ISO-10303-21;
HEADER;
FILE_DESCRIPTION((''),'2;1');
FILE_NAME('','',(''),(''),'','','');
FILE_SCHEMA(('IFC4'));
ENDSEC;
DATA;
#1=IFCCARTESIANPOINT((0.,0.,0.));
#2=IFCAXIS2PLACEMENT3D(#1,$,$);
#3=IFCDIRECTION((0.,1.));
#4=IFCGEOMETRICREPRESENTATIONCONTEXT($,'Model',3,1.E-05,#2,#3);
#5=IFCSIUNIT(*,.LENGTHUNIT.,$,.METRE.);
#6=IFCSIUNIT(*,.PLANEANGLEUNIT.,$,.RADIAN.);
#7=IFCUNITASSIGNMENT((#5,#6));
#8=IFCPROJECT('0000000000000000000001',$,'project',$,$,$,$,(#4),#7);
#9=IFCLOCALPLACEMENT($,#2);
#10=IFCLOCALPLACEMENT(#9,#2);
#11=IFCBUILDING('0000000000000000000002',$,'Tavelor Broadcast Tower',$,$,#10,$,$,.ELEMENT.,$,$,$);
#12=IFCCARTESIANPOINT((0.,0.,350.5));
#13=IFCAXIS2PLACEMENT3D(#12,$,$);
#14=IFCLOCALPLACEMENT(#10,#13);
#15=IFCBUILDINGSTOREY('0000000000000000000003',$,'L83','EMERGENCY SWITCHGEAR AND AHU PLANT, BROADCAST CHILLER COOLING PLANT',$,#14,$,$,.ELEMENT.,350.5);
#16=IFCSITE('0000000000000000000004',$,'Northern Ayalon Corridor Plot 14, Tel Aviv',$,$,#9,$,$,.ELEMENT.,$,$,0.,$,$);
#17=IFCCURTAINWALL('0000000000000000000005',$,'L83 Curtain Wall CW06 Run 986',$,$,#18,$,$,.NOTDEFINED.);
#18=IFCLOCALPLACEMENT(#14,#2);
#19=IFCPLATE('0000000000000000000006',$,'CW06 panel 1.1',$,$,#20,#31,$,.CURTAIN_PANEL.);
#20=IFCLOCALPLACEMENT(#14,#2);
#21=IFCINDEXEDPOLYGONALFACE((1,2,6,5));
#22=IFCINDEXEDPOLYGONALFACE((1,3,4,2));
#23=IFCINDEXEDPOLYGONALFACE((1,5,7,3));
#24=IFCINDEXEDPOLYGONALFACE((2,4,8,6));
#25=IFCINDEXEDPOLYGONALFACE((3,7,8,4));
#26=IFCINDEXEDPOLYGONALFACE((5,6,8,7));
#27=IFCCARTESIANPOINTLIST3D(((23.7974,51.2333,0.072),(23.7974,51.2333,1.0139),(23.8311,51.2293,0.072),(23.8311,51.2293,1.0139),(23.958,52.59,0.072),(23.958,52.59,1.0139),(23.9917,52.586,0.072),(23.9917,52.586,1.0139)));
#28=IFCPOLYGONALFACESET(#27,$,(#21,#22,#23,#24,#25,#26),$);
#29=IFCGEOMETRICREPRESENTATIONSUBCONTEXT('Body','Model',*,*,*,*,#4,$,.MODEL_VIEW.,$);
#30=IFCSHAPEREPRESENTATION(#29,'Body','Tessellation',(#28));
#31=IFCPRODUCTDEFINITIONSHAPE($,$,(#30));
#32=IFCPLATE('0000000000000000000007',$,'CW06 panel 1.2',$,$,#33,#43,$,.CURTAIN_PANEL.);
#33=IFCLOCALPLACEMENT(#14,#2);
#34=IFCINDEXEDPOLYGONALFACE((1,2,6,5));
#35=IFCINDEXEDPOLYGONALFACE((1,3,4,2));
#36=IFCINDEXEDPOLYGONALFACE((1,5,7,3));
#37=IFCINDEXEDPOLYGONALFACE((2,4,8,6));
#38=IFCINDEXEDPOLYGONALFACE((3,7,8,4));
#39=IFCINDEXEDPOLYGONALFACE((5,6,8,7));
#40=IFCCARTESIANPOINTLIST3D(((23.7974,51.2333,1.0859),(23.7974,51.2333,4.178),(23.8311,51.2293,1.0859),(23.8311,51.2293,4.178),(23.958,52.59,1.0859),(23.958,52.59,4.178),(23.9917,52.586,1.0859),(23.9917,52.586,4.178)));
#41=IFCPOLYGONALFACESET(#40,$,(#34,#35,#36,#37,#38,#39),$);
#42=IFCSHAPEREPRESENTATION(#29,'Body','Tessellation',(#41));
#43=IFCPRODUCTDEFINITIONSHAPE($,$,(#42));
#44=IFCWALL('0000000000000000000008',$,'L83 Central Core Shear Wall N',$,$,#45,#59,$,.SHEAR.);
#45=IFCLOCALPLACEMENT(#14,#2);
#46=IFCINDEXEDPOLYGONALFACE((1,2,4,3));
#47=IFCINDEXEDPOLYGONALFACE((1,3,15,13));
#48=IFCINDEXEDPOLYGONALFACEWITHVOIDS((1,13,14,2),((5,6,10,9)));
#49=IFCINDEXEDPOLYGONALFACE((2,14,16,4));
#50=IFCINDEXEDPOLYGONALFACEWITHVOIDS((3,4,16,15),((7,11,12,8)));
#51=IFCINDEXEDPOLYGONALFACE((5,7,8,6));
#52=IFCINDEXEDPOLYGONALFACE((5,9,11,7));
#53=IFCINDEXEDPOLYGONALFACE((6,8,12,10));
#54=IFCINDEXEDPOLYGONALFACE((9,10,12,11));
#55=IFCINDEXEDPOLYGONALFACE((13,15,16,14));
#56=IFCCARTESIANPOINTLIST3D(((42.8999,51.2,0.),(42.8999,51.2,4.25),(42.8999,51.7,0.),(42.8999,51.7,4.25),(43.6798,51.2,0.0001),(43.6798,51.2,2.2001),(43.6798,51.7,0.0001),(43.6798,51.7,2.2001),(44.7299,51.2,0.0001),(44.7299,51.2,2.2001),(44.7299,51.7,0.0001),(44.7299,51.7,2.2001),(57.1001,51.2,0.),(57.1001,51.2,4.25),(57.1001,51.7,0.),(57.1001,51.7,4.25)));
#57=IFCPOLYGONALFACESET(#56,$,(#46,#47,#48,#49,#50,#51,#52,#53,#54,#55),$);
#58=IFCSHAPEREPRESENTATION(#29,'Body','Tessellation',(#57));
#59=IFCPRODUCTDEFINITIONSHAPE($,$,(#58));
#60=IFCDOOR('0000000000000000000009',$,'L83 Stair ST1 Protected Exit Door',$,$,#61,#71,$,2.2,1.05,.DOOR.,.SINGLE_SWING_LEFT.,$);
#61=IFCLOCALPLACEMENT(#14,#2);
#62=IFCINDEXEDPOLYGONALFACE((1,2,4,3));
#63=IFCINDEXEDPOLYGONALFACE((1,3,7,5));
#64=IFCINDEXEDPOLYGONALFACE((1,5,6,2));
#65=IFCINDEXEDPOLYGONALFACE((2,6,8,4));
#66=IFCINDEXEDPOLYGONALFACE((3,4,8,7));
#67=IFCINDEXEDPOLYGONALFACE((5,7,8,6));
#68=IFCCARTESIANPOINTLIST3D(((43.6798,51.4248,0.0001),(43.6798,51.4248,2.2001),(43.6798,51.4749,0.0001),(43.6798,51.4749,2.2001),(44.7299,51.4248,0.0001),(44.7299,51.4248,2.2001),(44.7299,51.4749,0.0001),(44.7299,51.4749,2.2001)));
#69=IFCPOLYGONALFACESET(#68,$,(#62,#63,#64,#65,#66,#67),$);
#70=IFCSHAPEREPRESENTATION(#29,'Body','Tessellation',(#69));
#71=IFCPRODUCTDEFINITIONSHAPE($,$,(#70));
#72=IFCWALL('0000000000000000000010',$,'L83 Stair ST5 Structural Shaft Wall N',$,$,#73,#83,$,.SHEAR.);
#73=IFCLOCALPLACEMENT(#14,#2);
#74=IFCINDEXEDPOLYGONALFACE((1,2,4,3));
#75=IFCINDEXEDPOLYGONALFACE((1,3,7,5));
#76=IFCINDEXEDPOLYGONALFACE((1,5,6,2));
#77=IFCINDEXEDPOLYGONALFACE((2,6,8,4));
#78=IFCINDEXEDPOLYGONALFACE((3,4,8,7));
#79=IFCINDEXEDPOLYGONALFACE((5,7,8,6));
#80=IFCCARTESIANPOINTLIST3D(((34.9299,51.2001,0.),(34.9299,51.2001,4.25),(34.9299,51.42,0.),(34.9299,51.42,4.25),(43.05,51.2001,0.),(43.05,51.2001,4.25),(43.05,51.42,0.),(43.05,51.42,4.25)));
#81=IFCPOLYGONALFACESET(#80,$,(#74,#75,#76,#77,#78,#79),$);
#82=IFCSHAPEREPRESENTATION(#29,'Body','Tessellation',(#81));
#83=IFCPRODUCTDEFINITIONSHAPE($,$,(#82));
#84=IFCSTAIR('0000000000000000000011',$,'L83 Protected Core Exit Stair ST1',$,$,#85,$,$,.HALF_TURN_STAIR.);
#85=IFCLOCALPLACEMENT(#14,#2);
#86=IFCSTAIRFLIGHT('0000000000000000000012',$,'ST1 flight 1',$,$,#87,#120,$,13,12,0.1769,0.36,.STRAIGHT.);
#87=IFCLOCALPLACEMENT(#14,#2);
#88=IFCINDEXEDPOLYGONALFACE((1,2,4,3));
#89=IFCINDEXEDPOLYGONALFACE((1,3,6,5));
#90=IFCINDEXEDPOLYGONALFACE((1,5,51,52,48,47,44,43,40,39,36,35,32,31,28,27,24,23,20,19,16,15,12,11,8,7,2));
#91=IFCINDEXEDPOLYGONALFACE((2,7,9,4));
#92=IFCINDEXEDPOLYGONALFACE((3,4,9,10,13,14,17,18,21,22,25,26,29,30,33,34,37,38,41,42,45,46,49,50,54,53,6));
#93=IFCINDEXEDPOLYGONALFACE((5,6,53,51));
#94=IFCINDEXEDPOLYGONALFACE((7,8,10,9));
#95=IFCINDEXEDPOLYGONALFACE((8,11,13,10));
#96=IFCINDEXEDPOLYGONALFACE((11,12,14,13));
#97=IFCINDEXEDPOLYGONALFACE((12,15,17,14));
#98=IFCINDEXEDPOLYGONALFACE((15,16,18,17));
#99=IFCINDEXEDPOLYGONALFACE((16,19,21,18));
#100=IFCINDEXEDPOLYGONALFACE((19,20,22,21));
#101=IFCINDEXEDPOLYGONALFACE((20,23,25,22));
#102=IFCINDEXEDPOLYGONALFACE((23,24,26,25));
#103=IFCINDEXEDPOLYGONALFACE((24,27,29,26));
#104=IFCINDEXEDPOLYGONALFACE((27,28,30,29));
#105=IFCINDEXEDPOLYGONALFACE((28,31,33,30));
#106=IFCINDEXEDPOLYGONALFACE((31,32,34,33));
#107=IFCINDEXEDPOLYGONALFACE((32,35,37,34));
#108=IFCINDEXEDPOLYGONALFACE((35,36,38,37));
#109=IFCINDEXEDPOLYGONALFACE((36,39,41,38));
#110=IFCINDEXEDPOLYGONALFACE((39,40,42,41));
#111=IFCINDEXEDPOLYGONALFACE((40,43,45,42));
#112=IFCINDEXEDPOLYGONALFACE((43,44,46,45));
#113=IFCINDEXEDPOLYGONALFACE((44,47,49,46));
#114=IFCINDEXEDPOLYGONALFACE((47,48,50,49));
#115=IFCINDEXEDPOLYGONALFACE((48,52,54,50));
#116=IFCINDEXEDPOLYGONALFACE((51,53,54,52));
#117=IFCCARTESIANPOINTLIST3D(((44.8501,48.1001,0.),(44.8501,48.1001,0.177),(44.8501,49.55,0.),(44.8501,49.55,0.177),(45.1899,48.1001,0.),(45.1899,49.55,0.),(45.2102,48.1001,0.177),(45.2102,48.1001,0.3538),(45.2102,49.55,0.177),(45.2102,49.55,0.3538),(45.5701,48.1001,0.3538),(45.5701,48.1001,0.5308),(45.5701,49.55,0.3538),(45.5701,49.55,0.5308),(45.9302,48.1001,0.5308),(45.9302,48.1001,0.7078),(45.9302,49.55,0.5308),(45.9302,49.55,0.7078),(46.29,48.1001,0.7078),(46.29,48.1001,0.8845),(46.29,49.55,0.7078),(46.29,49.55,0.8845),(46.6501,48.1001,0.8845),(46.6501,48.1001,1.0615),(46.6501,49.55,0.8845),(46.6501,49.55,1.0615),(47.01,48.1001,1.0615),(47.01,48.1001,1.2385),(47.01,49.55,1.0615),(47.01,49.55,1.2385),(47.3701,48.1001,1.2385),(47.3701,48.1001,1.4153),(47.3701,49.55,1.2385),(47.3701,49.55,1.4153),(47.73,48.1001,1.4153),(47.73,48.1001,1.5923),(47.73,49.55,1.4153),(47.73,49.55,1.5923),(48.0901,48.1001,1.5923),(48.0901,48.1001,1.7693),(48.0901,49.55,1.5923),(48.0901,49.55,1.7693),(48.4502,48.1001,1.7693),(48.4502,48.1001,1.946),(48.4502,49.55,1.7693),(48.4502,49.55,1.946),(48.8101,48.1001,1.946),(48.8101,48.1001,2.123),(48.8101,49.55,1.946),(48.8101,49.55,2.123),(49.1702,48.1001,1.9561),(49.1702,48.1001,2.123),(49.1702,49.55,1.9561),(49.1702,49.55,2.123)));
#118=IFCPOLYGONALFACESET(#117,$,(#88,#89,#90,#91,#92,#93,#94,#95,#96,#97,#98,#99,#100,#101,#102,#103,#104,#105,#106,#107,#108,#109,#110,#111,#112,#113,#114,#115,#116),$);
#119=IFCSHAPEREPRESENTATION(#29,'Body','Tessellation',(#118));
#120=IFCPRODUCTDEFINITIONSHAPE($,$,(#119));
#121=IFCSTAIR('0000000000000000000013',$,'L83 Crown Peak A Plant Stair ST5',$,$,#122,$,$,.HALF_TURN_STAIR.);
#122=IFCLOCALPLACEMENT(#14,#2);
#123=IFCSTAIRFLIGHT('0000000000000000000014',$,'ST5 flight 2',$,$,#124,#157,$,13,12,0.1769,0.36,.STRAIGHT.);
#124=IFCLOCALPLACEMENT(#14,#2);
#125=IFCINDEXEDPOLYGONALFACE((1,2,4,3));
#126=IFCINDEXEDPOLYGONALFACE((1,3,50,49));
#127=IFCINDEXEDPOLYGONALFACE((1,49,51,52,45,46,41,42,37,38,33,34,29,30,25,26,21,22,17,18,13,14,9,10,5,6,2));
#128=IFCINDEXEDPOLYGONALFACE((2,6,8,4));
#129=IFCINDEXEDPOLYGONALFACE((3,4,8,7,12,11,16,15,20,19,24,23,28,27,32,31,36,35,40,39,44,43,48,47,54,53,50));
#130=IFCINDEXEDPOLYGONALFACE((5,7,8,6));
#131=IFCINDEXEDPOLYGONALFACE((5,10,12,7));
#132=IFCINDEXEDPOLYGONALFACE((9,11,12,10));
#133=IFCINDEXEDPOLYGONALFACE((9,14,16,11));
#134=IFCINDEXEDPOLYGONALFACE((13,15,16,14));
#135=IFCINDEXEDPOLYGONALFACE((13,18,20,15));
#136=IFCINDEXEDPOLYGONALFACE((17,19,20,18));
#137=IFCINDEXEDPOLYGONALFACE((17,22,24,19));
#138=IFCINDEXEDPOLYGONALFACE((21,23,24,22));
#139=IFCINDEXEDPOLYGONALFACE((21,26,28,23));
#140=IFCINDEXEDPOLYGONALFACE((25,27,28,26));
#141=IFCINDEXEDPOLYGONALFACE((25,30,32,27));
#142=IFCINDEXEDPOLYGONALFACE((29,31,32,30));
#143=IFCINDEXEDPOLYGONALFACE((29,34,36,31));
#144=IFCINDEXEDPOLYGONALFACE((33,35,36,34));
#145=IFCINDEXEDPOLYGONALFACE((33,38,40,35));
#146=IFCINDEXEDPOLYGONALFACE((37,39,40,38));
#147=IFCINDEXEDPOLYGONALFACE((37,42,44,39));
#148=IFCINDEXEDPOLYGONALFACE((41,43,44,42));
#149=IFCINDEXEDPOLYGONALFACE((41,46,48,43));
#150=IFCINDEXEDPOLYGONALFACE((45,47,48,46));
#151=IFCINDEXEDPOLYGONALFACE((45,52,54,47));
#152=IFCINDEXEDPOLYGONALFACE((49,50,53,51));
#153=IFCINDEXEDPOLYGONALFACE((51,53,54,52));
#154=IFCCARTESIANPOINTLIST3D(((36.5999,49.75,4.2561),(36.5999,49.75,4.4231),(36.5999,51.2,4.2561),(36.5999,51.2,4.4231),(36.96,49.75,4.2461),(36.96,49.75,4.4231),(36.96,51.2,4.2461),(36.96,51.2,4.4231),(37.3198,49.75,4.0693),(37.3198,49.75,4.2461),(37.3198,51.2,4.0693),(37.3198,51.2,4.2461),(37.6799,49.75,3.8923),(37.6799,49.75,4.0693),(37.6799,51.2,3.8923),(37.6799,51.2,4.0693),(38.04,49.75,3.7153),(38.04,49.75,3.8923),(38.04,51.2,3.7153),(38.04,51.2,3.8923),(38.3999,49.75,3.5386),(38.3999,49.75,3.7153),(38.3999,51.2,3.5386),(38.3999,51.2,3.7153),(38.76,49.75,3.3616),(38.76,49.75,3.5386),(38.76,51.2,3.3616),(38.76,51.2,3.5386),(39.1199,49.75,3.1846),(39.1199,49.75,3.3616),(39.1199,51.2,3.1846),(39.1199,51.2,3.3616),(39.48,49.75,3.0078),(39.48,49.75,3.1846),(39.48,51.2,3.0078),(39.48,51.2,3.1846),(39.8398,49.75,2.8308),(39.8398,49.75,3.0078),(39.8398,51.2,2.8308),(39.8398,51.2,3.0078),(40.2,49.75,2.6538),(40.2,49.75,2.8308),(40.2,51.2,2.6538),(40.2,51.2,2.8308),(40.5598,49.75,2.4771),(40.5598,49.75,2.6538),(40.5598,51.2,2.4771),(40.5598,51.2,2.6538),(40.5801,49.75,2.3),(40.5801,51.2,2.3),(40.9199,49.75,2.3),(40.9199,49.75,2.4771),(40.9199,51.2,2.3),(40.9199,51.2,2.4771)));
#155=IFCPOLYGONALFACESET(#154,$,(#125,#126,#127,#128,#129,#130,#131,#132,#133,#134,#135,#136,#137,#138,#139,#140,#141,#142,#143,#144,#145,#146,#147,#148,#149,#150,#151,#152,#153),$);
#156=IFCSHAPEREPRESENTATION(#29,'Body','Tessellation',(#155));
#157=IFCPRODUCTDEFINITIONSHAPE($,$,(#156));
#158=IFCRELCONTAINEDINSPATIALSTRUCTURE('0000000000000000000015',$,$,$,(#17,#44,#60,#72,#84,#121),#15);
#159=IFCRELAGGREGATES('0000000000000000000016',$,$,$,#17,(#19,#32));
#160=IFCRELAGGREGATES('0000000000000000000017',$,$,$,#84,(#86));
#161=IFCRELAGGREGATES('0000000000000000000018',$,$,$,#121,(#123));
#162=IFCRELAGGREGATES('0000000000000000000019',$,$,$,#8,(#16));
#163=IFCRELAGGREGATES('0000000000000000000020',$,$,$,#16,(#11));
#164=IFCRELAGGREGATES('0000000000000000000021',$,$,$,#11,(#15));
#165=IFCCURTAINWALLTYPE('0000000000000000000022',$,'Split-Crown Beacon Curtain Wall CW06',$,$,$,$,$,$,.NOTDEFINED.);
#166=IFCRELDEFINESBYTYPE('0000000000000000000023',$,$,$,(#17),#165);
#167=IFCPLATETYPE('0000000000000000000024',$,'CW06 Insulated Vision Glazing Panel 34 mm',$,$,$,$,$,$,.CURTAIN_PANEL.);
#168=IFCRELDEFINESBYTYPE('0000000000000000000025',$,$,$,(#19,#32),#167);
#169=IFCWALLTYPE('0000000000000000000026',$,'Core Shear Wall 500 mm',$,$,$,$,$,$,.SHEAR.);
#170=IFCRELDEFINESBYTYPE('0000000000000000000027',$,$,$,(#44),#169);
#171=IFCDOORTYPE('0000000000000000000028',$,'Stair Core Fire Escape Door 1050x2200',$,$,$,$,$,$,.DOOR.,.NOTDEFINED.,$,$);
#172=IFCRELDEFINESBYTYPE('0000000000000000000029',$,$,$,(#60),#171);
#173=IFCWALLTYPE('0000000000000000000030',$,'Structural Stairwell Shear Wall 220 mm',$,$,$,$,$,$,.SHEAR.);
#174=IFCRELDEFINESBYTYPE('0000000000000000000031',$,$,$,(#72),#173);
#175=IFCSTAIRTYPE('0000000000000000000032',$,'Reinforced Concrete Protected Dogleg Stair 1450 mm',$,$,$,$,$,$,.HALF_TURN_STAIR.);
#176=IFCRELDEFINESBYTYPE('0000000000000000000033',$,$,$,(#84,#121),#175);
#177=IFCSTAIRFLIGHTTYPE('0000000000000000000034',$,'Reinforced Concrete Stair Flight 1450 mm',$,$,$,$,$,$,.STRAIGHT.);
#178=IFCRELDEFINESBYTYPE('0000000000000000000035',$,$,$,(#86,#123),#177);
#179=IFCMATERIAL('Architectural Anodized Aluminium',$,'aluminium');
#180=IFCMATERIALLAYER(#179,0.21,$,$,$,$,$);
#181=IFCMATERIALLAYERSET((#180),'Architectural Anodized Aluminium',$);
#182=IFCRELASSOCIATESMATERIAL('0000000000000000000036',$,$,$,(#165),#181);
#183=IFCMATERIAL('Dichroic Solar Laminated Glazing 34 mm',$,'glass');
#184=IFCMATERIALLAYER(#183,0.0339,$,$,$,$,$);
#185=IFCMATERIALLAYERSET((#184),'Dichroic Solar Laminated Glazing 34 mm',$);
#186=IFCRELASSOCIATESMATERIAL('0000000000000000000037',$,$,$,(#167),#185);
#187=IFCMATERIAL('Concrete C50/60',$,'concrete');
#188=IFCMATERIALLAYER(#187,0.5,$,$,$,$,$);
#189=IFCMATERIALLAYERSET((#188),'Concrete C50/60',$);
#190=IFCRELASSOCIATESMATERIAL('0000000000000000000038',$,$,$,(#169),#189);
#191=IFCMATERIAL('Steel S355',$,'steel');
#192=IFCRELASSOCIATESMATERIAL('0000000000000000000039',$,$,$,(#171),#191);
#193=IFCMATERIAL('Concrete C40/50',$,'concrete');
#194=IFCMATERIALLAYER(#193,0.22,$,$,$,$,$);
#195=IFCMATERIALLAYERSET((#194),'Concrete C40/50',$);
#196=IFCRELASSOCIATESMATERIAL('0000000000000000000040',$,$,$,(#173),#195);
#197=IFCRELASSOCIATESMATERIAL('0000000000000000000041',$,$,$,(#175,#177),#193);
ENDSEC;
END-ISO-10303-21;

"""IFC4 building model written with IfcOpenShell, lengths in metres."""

from ifc_helpers import new_model, si_unit, direction, frame, frame_2d, origin, origin_2d, place, context, subcontext, project, spatial, polyline, rectangle, outline, extrude, source, transform, mapped, material, layer, layer_set, type_object, element, fill, aggregate, save


model = new_model("IFC4")

# Units and contexts
model_context = context("Model", 3, precision=1e-05, world=origin(), true_north=direction((0.0, 1.0)))
body_context = subcontext(model_context, "Body", "Model", "MODEL_VIEW")
ifc_project = project(units=[si_unit("LENGTHUNIT", "METRE"), si_unit("PLANEANGLEUNIT", "RADIAN")], contexts=[model_context])

# Site, building, storey
site_placement = place(None, origin())
site = spatial("IfcSite", under=ifc_project, at=site_placement, Name="Northern Ayalon Corridor Plot 14, Tel Aviv", CompositionType="ELEMENT", RefElevation=0.0)
building_placement = place(site_placement, origin())
building = spatial("IfcBuilding", under=site, at=building_placement, Name="Tavelor Broadcast Tower", CompositionType="ELEMENT")
storey_placement = place(building_placement, frame((0.0, 0.0, 350.5)))
storey = spatial("IfcBuildingStorey", under=building, at=storey_placement, Name="L83", Description="EMERGENCY SWITCHGEAR AND AHU PLANT, BROADCAST CHILLER COOLING PLANT", CompositionType="ELEMENT", Elevation=350.5)

# Shared definitions
ifc_material_1 = material(Name="Steel S355", Category="steel")

# Shared definitions
ifc_material_2 = material(Name="Architectural Anodized Aluminium", Category="aluminium")
ifc_layer_1 = layer(ifc_material_2, 0.21)
ifc_layer_set_1 = layer_set([ifc_layer_1], Name="Architectural Anodized Aluminium")
curtain_wall_type = type_object("IfcCurtainWallType", Name="Split-Crown Beacon Curtain Wall CW06", PredefinedType="NOTDEFINED", material=ifc_layer_set_1)

# Curtain wall
curtain_wall_1_placement = place(storey_placement, origin())
curtain_wall_1 = element("IfcCurtainWall", 1, at=curtain_wall_1_placement, inside=storey, type_object=curtain_wall_type, Name="L83 Curtain Wall CW06 Run 986", PredefinedType="NOTDEFINED")

# Plates
ifc_material_3 = material(Name="Dichroic Solar Laminated Glazing 34 mm", Category="glass")
ifc_layer_2 = layer(ifc_material_3, 0.0339)
ifc_layer_set_2 = layer_set([ifc_layer_2], Name="Dichroic Solar Laminated Glazing 34 mm")
plate_type_1 = type_object("IfcPlateType", Name="CW06 Insulated Vision Glazing Panel 34 mm", PredefinedType="CURTAIN_PANEL", material=ifc_layer_set_2)
shared_shape_1 = source(origin(), body_context, "Body", "SweptSolid", [
    extrude(rectangle(XDim=1.3662, YDim=0.0339, at=origin_2d()), origin(), (0.0, 0.0, 1.0), 0.9419),
])
plate_1_placement = place(storey_placement, frame((23.8945, 51.9097, 0.072), z_axis=(0.0, 0.0, 1.0), x_axis=(-0.117537, -0.993069, 0.0)))
plate_1 = element("IfcPlate", 2, at=plate_1_placement, type_object=plate_type_1, Name="CW06 panel 1.1", PredefinedType="CURTAIN_PANEL", context=body_context, shape_type="MappedRepresentation", body=[
    mapped(shared_shape_1, transform((0.0, 0.0, 0.0), scale=1.0)),
])
shared_shape_2 = source(origin(), body_context, "Body", "SweptSolid", [
    extrude(rectangle(XDim=1.3662, YDim=0.0339, at=origin_2d()), origin(), (0.0, 0.0, 1.0), 3.092),
])
plate_2_placement = place(storey_placement, frame((23.8945, 51.9097, 1.0859), z_axis=(0.0, 0.0, 1.0), x_axis=(-0.117537, -0.993069, 0.0)))
plate_2 = element("IfcPlate", 3, at=plate_2_placement, type_object=plate_type_1, Name="CW06 panel 1.2", PredefinedType="CURTAIN_PANEL", context=body_context, shape_type="MappedRepresentation", body=[
    mapped(shared_shape_2, transform((0.0, 0.0, 0.0), scale=1.0)),
])
aggregate(curtain_wall_1, [plate_1, plate_2])

# Wall, opening, door
ifc_material_4 = material(Name="Concrete C50/60", Category="concrete")
ifc_layer_3 = layer(ifc_material_4, 0.5)
ifc_layer_set_3 = layer_set([ifc_layer_3], Name="Concrete C50/60")
wall_type_1 = type_object("IfcWallType", Name="Core Shear Wall 500 mm", PredefinedType="SHEAR", material=ifc_layer_set_3)
wall_1_placement = place(storey_placement, frame((42.8999, 51.45, 0.0), z_axis=(0.0, 0.0, 1.0), x_axis=(1.0, 0.0, 0.0)))
wall_1 = element("IfcWall", 4, at=wall_1_placement, inside=storey, type_object=wall_type_1, Name="L83 Central Core Shear Wall N", PredefinedType="SHEAR", context=body_context, shape_type="SweptSolid", body=[
    extrude(rectangle(XDim=14.2002, YDim=0.5, at=frame_2d((7.1001, 0.0))), origin(), (0.0, 0.0, 1.0), 4.25),
])
opening_placement = place(wall_1_placement, frame((0.78, 0.0, 0.0)))
opening = element("IfcOpeningElement", 5, at=opening_placement, cuts=wall_1, PredefinedType="OPENING", context=body_context, shape_type="SweptSolid", body=[
    extrude(rectangle(XDim=1.05, YDim=2.2, at=frame_2d((0.5249, 1.1001))), frame((0.0, 0.26, 0.0), z_axis=(0.0, -1.0, 0.0), x_axis=(1.0, 0.0, 0.0)), (0.0, 0.0, 1.0), 0.52),
])
door_type = type_object("IfcDoorType", Name="Stair Core Fire Escape Door 1050x2200", OperationType="NOTDEFINED", PredefinedType="DOOR", material=ifc_material_1)
door_placement = place(opening_placement, origin())
door = element("IfcDoor", 6, at=door_placement, inside=storey, type_object=door_type, Name="L83 Stair ST1 Protected Exit Door", OperationType="SINGLE_SWING_LEFT", OverallHeight=2.2, OverallWidth=1.05, PredefinedType="DOOR", context=body_context, shape_type="SweptSolid", body=[
    extrude(rectangle(XDim=1.05, YDim=2.2, at=frame_2d((0.5249, 1.1001))), frame((0.0, 0.0249, 0.0), z_axis=(0.0, -1.0, 0.0), x_axis=(1.0, 0.0, 0.0)), (0.0, 0.0, 1.0), 0.05),
])
fill(opening, door)

# Wall
ifc_material_5 = material(Name="Concrete C40/50", Category="concrete")
ifc_layer_4 = layer(ifc_material_5, 0.22)
ifc_layer_set_4 = layer_set([ifc_layer_4], Name="Concrete C40/50")
wall_type_2 = type_object("IfcWallType", Name="Structural Stairwell Shear Wall 220 mm", PredefinedType="SHEAR", material=ifc_layer_set_4)
wall_2_placement = place(storey_placement, frame((34.9299, 51.3101, 0.0), z_axis=(0.0, 0.0, 1.0), x_axis=(1.0, 0.0, 0.0)))
element("IfcWall", 7, at=wall_2_placement, inside=storey, type_object=wall_type_2, Name="L83 Stair ST5 Structural Shaft Wall N", PredefinedType="SHEAR", context=body_context, shape_type="SweptSolid", body=[
    extrude(rectangle(XDim=8.1201, YDim=0.22, at=frame_2d((4.0601, 0.0))), origin(), (0.0, 0.0, 1.0), 4.25),
])

# Stairs, stair flights
stair_type = type_object("IfcStairType", Name="Reinforced Concrete Protected Dogleg Stair 1450 mm", PredefinedType="HALF_TURN_STAIR", material=ifc_material_5)
stair_1_placement = place(storey_placement, origin())
stair_1 = element("IfcStair", 8, at=stair_1_placement, inside=storey, type_object=stair_type, Name="L83 Protected Core Exit Stair ST1", PredefinedType="HALF_TURN_STAIR")
stair_flight_type = type_object("IfcStairFlightType", Name="Reinforced Concrete Stair Flight 1450 mm", PredefinedType="STRAIGHT", material=ifc_material_5)
stair_flight_1_placement = place(storey_placement, frame((44.8501, 48.825, 0.0), z_axis=(0.0, 0.0, 1.0), x_axis=(1.0, 0.0, 0.0)))
stair_flight_1 = element("IfcStairFlight", 9, at=stair_flight_1_placement, type_object=stair_flight_type, Name="ST1 flight 1", NumberOfRisers=13, NumberOfTreads=12, PredefinedType="STRAIGHT", RiserHeight=0.1769, TreadLength=0.36, context=body_context, shape_type="SweptSolid", body=[
    extrude(outline(polyline([(0.0, 0.0), (0.0, 0.177), (0.3601, 0.177), (0.3601, 0.3538), (0.72, 0.3538), (0.72, 0.5308), (1.0801, 0.5308), (1.0801, 0.7078), (1.4399, 0.7078), (1.4399, 0.8845), (1.8, 0.8845), (1.8, 1.0615), (2.1599, 1.0615), (2.1599, 1.2385), (2.52, 1.2385), (2.52, 1.4153), (2.8799, 1.4153), (2.8799, 1.5923), (3.24, 1.5923), (3.24, 1.7693), (3.6001, 1.7693), (3.6001, 1.946), (3.96, 1.946), (3.96, 2.123), (4.3201, 2.123), (4.3201, 2.3), (4.3201, 1.9561), (0.3398, 0.0), (0.0, 0.0)])), frame((0.0, 0.7251, 0.0), z_axis=(0.0, -1.0, 0.0), x_axis=(1.0, 0.0, 0.0)), (0.0, 0.0, 1.0), 1.45),
])
aggregate(stair_1, [stair_flight_1])
stair_2_placement = place(storey_placement, origin())
stair_2 = element("IfcStair", 10, at=stair_2_placement, inside=storey, type_object=stair_type, Name="L83 Crown Peak A Plant Stair ST5", PredefinedType="HALF_TURN_STAIR")
stair_flight_2_placement = place(storey_placement, frame((40.9199, 50.4751, 2.3), z_axis=(0.0, 0.0, 1.0), x_axis=(-1.0, 0.0, 0.0)))
stair_flight_2 = element("IfcStairFlight", 11, at=stair_flight_2_placement, type_object=stair_flight_type, Name="ST5 flight 2", NumberOfRisers=13, NumberOfTreads=12, PredefinedType="STRAIGHT", RiserHeight=0.1769, TreadLength=0.36, context=body_context, shape_type="SweptSolid", body=[
    extrude(outline(polyline([(0.0, 0.0), (0.0, 0.177), (0.3601, 0.177), (0.3601, 0.3538), (0.72, 0.3538), (0.72, 0.5308), (1.0801, 0.5308), (1.0801, 0.7078), (1.4399, 0.7078), (1.4399, 0.8845), (1.8, 0.8845), (1.8, 1.0615), (2.1599, 1.0615), (2.1599, 1.2385), (2.52, 1.2385), (2.52, 1.4153), (2.8799, 1.4153), (2.8799, 1.5923), (3.24, 1.5923), (3.24, 1.7693), (3.6001, 1.7693), (3.6001, 1.946), (3.96, 1.946), (3.96, 2.123), (4.3201, 2.123), (4.3201, 2.3), (4.3201, 1.9561), (0.3398, 0.0), (0.0, 0.0)])), frame((0.0, 0.7251, 0.0), z_axis=(0.0, -1.0, 0.0), x_axis=(1.0, 0.0, 0.0)), (0.0, 0.0, 1.0), 1.45),
])
aggregate(stair_2, [stair_flight_2])

save(model, "model.ifc")
